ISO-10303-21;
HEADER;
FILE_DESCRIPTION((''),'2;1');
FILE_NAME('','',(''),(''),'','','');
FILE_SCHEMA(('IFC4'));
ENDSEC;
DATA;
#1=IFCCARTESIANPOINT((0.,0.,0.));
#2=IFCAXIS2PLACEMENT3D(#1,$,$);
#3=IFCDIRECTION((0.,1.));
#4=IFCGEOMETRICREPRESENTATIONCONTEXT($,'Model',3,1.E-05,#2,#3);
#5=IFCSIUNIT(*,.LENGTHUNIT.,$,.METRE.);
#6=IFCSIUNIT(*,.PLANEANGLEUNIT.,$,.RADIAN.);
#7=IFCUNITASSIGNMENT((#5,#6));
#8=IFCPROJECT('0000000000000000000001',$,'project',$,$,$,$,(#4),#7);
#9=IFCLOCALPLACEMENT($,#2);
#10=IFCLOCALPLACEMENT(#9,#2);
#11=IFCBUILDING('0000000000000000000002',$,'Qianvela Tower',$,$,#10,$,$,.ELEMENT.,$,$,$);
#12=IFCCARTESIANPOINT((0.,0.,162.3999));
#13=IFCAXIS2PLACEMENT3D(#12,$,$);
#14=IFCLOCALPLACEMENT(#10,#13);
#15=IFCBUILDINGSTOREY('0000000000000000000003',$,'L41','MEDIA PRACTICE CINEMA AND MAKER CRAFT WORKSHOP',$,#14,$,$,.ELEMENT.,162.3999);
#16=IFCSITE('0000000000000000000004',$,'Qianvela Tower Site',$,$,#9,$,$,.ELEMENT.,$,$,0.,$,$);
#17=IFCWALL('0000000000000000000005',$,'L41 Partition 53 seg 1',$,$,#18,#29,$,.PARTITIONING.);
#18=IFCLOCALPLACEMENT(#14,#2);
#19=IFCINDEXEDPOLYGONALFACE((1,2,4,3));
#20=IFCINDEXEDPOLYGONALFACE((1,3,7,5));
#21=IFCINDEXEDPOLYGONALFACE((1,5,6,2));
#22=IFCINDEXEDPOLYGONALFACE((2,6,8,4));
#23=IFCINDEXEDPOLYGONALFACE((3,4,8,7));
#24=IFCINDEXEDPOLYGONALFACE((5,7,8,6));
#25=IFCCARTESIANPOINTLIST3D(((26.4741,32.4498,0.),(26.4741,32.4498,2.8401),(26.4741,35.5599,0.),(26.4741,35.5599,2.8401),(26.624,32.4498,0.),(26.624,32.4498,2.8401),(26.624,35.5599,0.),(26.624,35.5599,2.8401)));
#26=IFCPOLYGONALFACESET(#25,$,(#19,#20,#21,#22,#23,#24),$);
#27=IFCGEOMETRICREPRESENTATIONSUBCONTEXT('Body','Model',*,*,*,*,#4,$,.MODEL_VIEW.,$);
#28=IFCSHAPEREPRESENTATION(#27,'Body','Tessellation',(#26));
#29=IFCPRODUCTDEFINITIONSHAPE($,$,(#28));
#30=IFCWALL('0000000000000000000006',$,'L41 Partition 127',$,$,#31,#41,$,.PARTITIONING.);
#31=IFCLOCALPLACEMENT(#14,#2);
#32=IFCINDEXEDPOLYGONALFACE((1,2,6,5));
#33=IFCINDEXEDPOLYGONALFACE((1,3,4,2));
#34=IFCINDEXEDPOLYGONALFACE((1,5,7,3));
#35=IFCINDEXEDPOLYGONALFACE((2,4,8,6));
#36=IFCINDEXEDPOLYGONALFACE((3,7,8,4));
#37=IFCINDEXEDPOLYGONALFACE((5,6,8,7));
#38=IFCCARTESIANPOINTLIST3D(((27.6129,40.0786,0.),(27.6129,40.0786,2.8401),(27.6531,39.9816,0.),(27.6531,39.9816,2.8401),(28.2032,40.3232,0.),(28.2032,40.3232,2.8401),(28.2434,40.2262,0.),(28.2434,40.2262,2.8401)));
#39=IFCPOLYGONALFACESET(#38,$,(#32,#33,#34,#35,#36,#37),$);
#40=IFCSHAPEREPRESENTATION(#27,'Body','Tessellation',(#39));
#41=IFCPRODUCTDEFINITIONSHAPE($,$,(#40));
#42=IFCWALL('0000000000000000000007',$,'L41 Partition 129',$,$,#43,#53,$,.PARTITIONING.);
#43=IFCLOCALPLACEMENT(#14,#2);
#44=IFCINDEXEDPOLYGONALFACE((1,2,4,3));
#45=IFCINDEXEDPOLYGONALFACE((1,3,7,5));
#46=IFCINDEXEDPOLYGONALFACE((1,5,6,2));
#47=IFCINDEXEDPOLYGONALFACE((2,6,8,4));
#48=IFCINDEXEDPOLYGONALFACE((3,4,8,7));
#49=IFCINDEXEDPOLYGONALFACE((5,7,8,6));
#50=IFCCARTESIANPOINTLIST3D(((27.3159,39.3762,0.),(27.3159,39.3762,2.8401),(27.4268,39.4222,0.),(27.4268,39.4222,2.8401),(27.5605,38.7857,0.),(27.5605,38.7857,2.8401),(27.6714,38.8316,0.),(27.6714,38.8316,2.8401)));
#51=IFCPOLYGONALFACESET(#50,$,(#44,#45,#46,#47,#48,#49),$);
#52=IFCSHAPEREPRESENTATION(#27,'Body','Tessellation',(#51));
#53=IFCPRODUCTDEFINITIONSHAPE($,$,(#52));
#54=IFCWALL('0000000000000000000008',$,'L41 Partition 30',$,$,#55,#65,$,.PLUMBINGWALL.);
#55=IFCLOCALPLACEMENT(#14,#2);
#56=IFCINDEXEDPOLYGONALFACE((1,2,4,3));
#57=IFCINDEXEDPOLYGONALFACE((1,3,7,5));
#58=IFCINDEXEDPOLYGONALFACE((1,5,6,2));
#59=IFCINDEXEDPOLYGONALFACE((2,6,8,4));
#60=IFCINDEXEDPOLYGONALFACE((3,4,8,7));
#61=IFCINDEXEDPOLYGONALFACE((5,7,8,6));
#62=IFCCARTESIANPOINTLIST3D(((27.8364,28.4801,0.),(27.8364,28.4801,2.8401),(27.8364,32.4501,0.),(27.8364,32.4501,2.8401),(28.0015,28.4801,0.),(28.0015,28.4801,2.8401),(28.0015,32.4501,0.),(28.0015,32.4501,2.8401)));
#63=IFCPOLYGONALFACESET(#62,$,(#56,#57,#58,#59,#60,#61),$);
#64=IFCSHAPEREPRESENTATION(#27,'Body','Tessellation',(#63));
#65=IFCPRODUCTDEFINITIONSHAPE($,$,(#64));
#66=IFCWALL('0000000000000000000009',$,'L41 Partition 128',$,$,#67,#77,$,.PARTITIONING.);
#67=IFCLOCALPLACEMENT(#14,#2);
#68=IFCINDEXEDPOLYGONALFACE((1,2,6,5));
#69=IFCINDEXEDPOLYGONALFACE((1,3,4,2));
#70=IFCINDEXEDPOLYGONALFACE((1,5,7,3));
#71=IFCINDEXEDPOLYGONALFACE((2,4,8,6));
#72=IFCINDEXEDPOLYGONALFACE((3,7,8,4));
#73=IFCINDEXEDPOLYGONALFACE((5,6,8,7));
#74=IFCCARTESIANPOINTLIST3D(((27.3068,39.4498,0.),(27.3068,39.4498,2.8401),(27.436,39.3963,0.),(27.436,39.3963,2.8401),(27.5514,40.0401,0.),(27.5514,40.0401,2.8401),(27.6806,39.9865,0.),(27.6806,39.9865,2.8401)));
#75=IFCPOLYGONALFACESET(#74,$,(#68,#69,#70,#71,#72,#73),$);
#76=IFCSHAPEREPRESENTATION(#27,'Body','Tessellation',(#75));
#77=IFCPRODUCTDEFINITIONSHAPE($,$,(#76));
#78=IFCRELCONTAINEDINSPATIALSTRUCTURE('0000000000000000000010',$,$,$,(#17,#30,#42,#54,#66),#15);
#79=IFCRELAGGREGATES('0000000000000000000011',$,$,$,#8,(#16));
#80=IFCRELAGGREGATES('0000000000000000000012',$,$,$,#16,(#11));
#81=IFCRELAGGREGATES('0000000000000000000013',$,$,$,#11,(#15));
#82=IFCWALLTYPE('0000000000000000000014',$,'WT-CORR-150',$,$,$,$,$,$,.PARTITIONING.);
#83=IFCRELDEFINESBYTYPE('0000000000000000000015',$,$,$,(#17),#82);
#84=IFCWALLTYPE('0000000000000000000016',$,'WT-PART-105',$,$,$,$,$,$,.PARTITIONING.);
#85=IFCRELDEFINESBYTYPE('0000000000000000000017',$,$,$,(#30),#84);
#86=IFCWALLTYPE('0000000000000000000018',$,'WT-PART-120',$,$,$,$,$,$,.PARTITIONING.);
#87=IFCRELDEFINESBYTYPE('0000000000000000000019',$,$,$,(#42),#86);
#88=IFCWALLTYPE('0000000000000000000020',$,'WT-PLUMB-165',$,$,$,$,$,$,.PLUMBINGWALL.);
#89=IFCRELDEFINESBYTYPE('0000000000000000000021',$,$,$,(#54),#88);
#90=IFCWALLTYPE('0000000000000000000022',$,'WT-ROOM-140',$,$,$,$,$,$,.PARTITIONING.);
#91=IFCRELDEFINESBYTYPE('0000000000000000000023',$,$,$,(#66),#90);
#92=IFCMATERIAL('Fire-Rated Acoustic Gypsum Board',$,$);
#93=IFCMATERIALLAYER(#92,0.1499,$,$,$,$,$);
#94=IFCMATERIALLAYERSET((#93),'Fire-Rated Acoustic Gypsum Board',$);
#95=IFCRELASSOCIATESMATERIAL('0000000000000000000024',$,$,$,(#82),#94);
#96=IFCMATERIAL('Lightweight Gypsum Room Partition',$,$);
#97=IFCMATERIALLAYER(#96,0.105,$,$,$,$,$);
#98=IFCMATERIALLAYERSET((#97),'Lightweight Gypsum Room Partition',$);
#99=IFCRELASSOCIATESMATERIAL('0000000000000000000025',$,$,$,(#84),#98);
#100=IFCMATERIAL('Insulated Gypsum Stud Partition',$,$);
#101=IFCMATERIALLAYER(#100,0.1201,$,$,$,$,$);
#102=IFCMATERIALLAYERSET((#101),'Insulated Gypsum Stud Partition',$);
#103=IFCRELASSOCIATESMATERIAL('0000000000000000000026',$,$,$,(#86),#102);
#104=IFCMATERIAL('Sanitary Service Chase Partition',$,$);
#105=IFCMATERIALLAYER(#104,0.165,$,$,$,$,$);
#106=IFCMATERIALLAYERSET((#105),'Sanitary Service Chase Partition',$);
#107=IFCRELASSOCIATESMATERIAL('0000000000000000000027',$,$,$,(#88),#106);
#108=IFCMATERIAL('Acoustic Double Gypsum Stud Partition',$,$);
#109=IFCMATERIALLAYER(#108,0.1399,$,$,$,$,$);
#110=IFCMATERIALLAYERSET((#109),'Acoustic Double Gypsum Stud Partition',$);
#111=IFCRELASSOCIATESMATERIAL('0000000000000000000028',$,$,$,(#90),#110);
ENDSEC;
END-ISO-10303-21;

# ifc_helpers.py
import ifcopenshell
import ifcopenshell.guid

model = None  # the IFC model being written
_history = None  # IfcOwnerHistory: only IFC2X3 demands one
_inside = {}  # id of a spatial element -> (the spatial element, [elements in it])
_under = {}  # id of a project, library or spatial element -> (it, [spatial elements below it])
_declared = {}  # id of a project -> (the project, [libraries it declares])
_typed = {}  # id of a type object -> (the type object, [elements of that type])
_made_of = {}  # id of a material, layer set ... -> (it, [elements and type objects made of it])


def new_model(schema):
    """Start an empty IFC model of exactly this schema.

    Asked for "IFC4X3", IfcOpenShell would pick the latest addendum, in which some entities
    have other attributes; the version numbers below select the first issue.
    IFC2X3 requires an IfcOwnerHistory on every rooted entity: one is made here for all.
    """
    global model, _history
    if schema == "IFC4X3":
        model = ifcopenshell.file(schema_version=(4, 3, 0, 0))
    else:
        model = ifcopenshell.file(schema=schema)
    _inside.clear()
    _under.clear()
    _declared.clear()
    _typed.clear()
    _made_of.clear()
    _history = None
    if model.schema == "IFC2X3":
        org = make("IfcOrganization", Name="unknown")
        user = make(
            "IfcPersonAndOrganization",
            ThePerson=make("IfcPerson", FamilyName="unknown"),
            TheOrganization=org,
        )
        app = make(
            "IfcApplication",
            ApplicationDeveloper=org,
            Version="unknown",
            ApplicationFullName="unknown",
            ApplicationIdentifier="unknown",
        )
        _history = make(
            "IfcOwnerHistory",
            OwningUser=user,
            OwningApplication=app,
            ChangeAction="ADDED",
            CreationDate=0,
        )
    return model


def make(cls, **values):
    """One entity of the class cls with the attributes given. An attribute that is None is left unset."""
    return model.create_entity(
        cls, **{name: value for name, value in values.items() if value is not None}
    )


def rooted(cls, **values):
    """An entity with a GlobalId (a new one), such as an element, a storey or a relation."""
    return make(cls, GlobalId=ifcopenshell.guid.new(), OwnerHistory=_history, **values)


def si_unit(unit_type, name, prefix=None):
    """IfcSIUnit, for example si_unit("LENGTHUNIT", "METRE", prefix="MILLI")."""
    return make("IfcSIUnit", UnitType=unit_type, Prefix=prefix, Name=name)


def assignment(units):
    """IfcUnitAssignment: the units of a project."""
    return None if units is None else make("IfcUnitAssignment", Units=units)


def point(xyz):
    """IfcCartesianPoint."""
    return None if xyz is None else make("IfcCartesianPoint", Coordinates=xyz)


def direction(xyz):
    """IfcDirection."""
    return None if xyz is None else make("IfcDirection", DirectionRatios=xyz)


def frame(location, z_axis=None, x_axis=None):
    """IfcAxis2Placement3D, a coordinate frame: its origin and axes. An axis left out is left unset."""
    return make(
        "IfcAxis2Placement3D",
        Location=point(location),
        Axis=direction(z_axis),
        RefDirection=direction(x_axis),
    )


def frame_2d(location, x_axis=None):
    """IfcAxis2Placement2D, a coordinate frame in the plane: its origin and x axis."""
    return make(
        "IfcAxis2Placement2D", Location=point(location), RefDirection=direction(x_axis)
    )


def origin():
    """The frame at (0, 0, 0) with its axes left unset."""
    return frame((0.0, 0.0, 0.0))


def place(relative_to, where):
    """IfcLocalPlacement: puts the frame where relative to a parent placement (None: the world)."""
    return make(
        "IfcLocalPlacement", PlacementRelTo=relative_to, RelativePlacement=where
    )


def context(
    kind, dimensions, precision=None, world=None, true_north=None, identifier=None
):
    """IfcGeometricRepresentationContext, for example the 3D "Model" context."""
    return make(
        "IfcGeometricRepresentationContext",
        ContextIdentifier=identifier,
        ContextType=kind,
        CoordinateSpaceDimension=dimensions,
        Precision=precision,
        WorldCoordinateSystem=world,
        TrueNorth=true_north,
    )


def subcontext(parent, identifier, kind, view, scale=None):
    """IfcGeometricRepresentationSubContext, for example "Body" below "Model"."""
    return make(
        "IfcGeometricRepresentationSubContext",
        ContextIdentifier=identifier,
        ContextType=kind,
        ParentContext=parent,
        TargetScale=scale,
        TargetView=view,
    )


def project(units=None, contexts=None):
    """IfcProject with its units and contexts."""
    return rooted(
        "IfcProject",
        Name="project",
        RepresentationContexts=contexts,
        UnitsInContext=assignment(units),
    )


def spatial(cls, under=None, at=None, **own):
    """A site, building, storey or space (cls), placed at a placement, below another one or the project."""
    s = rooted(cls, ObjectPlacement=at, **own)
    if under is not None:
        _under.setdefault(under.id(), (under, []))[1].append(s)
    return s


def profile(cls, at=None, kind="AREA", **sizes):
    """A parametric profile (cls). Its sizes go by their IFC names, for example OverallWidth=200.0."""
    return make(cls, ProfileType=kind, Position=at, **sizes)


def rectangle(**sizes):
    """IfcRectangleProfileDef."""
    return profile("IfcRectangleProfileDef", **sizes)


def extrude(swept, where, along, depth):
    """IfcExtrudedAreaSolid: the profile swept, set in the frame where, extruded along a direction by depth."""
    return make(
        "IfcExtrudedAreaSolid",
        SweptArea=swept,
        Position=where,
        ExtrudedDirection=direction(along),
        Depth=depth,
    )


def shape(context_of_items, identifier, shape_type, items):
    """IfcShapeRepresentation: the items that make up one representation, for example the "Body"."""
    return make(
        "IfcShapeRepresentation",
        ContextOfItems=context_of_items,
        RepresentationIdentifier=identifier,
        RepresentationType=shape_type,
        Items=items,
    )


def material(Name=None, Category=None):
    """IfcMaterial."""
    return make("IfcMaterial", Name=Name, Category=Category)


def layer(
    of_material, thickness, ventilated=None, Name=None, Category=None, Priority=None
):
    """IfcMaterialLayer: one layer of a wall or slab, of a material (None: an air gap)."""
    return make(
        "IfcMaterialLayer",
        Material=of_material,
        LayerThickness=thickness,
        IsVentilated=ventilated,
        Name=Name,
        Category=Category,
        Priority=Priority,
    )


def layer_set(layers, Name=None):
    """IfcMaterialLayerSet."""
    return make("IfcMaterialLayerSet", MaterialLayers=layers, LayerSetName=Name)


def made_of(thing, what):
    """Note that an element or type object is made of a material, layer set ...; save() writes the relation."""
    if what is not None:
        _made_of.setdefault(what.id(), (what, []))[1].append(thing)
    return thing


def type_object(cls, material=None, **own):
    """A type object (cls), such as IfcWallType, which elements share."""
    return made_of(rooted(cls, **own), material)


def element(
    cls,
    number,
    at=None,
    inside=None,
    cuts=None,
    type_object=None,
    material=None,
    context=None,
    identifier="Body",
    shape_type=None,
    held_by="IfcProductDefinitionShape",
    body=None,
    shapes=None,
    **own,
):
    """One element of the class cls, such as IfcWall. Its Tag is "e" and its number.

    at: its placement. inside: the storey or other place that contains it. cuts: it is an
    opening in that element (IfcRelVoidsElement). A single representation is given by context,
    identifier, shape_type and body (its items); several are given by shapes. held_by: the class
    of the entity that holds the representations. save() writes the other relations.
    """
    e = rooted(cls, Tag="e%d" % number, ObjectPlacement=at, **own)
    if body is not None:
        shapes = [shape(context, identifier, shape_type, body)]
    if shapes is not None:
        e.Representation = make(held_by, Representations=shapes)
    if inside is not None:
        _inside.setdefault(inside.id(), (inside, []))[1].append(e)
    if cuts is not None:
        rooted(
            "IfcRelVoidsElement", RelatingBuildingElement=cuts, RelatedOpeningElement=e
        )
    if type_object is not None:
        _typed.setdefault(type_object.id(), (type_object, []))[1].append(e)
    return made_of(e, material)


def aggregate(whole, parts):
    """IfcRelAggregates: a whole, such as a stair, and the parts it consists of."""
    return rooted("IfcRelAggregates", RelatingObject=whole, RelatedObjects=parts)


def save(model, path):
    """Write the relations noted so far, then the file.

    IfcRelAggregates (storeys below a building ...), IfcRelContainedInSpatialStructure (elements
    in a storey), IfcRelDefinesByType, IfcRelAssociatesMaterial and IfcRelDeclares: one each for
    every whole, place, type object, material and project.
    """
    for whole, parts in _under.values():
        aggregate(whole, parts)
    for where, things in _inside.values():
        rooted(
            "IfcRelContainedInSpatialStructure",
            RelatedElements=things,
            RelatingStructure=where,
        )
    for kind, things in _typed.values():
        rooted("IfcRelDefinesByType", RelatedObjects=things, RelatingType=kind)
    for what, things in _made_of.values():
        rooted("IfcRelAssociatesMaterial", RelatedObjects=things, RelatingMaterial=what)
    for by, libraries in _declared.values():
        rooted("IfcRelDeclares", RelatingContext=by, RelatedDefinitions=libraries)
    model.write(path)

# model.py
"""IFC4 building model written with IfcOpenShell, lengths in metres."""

from ifc_helpers import new_model, si_unit, direction, frame, frame_2d, origin, place, context, subcontext, project, spatial, rectangle, extrude, material, layer, layer_set, type_object, element, save


model = new_model("IFC4")

# Units and contexts
model_context = context("Model", 3, precision=1e-05, world=origin(), true_north=direction((0.0, 1.0)))
body_context = subcontext(model_context, "Body", "Model", "MODEL_VIEW")
ifc_project = project(units=[si_unit("LENGTHUNIT", "METRE"), si_unit("PLANEANGLEUNIT", "RADIAN")], contexts=[model_context])

# Site, building, storey
site_placement = place(None, origin())
site = spatial("IfcSite", under=ifc_project, at=site_placement, Name="Qianvela Tower Site", CompositionType="ELEMENT", RefElevation=0.0)
building_placement = place(site_placement, origin())
building = spatial("IfcBuilding", under=site, at=building_placement, Name="Qianvela Tower", CompositionType="ELEMENT")
storey_placement = place(building_placement, frame((0.0, 0.0, 162.3999)))
storey = spatial("IfcBuildingStorey", under=building, at=storey_placement, Name="L41", Description="MEDIA PRACTICE CINEMA AND MAKER CRAFT WORKSHOP", CompositionType="ELEMENT", Elevation=162.3999)

# Walls
ifc_material_1 = material(Name="Fire-Rated Acoustic Gypsum Board")
ifc_layer_1 = layer(ifc_material_1, 0.1499)
ifc_layer_set_1 = layer_set([ifc_layer_1], Name="Fire-Rated Acoustic Gypsum Board")
wall_type_1 = type_object("IfcWallType", Name="WT-CORR-150", PredefinedType="PARTITIONING", material=ifc_layer_set_1)
wall_1_placement = place(storey_placement, frame((26.5491, 35.5601, 0.0), z_axis=(0.0, 0.0, 1.0), x_axis=(0.0, -1.0, 0.0)))
element("IfcWall", 1, at=wall_1_placement, inside=storey, type_object=wall_type_1, Name="L41 Partition 53 seg 1", PredefinedType="PARTITIONING", context=body_context, shape_type="SweptSolid", body=[
    extrude(rectangle(XDim=3.1101, YDim=0.1499, at=frame_2d((1.5552, 0.0))), origin(), (0.0, 0.0, 1.0), 2.8401),
])
ifc_material_2 = material(Name="Lightweight Gypsum Room Partition")
ifc_layer_2 = layer(ifc_material_2, 0.105)
ifc_layer_set_2 = layer_set([ifc_layer_2], Name="Lightweight Gypsum Room Partition")
wall_type_2 = type_object("IfcWallType", Name="WT-PART-105", PredefinedType="PARTITIONING", material=ifc_layer_set_2)
wall_2_placement = place(storey_placement, frame((28.2231, 40.2747, 0.0), z_axis=(0.0, 0.0, 1.0), x_axis=(-0.923821, -0.382824, 0.0)))
element("IfcWall", 2, at=wall_2_placement, inside=storey, type_object=wall_type_2, Name="L41 Partition 127", PredefinedType="PARTITIONING", context=body_context, shape_type="SweptSolid", body=[
    extrude(rectangle(XDim=0.6389, YDim=0.105, at=frame_2d((0.3193, 0.0))), origin(), (0.0, 0.0, 1.0), 2.8401),
])
ifc_material_3 = material(Name="Insulated Gypsum Stud Partition")
ifc_layer_3 = layer(ifc_material_3, 0.1201)
ifc_layer_set_3 = layer_set([ifc_layer_3], Name="Insulated Gypsum Stud Partition")
wall_type_3 = type_object("IfcWallType", Name="WT-PART-120", PredefinedType="PARTITIONING", material=ifc_layer_set_3)
wall_3_placement = place(storey_placement, frame((27.3713, 39.3992, 0.0), z_axis=(0.0, 0.0, 1.0), x_axis=(0.382689, -0.923877, 0.0)))
element("IfcWall", 3, at=wall_3_placement, inside=storey, type_object=wall_type_3, Name="L41 Partition 129", PredefinedType="PARTITIONING", context=body_context, shape_type="SweptSolid", body=[
    extrude(rectangle(XDim=0.6392, YDim=0.1201, at=frame_2d((0.3196, 0.0))), origin(), (0.0, 0.0, 1.0), 2.8401),
])
ifc_material_4 = material(Name="Sanitary Service Chase Partition")
ifc_layer_4 = layer(ifc_material_4, 0.165)
ifc_layer_set_4 = layer_set([ifc_layer_4], Name="Sanitary Service Chase Partition")
wall_type_4 = type_object("IfcWallType", Name="WT-PLUMB-165", PredefinedType="PLUMBINGWALL", material=ifc_layer_set_4)
wall_4_placement = place(storey_placement, frame((27.9189, 32.45, 0.0), z_axis=(0.0, 0.0, 1.0), x_axis=(0.0, -1.0, 0.0)))
element("IfcWall", 4, at=wall_4_placement, inside=storey, type_object=wall_type_4, Name="L41 Partition 30", PredefinedType="PLUMBINGWALL", context=body_context, shape_type="SweptSolid", body=[
    extrude(rectangle(XDim=3.97, YDim=0.165, at=frame_2d((1.9849, 0.0))), origin(), (0.0, 0.0, 1.0), 2.8401),
])
ifc_material_5 = material(Name="Acoustic Double Gypsum Stud Partition")
ifc_layer_5 = layer(ifc_material_5, 0.1399)
ifc_layer_set_5 = layer_set([ifc_layer_5], Name="Acoustic Double Gypsum Stud Partition")
wall_type_5 = type_object("IfcWallType", Name="WT-ROOM-140", PredefinedType="PARTITIONING", material=ifc_layer_set_5)
wall_5_placement = place(storey_placement, frame((27.616, 40.0132, 0.0), z_axis=(0.0, 0.0, 1.0), x_axis=(-0.382824, -0.923821, 0.0)))
element("IfcWall", 5, at=wall_5_placement, inside=storey, type_object=wall_type_5, Name="L41 Partition 128", PredefinedType="PARTITIONING", context=body_context, shape_type="SweptSolid", body=[
    extrude(rectangle(XDim=0.6389, YDim=0.1399, at=frame_2d((0.3193, 0.0))), origin(), (0.0, 0.0, 1.0), 2.8401),
])

save(model, "model.ifc")
